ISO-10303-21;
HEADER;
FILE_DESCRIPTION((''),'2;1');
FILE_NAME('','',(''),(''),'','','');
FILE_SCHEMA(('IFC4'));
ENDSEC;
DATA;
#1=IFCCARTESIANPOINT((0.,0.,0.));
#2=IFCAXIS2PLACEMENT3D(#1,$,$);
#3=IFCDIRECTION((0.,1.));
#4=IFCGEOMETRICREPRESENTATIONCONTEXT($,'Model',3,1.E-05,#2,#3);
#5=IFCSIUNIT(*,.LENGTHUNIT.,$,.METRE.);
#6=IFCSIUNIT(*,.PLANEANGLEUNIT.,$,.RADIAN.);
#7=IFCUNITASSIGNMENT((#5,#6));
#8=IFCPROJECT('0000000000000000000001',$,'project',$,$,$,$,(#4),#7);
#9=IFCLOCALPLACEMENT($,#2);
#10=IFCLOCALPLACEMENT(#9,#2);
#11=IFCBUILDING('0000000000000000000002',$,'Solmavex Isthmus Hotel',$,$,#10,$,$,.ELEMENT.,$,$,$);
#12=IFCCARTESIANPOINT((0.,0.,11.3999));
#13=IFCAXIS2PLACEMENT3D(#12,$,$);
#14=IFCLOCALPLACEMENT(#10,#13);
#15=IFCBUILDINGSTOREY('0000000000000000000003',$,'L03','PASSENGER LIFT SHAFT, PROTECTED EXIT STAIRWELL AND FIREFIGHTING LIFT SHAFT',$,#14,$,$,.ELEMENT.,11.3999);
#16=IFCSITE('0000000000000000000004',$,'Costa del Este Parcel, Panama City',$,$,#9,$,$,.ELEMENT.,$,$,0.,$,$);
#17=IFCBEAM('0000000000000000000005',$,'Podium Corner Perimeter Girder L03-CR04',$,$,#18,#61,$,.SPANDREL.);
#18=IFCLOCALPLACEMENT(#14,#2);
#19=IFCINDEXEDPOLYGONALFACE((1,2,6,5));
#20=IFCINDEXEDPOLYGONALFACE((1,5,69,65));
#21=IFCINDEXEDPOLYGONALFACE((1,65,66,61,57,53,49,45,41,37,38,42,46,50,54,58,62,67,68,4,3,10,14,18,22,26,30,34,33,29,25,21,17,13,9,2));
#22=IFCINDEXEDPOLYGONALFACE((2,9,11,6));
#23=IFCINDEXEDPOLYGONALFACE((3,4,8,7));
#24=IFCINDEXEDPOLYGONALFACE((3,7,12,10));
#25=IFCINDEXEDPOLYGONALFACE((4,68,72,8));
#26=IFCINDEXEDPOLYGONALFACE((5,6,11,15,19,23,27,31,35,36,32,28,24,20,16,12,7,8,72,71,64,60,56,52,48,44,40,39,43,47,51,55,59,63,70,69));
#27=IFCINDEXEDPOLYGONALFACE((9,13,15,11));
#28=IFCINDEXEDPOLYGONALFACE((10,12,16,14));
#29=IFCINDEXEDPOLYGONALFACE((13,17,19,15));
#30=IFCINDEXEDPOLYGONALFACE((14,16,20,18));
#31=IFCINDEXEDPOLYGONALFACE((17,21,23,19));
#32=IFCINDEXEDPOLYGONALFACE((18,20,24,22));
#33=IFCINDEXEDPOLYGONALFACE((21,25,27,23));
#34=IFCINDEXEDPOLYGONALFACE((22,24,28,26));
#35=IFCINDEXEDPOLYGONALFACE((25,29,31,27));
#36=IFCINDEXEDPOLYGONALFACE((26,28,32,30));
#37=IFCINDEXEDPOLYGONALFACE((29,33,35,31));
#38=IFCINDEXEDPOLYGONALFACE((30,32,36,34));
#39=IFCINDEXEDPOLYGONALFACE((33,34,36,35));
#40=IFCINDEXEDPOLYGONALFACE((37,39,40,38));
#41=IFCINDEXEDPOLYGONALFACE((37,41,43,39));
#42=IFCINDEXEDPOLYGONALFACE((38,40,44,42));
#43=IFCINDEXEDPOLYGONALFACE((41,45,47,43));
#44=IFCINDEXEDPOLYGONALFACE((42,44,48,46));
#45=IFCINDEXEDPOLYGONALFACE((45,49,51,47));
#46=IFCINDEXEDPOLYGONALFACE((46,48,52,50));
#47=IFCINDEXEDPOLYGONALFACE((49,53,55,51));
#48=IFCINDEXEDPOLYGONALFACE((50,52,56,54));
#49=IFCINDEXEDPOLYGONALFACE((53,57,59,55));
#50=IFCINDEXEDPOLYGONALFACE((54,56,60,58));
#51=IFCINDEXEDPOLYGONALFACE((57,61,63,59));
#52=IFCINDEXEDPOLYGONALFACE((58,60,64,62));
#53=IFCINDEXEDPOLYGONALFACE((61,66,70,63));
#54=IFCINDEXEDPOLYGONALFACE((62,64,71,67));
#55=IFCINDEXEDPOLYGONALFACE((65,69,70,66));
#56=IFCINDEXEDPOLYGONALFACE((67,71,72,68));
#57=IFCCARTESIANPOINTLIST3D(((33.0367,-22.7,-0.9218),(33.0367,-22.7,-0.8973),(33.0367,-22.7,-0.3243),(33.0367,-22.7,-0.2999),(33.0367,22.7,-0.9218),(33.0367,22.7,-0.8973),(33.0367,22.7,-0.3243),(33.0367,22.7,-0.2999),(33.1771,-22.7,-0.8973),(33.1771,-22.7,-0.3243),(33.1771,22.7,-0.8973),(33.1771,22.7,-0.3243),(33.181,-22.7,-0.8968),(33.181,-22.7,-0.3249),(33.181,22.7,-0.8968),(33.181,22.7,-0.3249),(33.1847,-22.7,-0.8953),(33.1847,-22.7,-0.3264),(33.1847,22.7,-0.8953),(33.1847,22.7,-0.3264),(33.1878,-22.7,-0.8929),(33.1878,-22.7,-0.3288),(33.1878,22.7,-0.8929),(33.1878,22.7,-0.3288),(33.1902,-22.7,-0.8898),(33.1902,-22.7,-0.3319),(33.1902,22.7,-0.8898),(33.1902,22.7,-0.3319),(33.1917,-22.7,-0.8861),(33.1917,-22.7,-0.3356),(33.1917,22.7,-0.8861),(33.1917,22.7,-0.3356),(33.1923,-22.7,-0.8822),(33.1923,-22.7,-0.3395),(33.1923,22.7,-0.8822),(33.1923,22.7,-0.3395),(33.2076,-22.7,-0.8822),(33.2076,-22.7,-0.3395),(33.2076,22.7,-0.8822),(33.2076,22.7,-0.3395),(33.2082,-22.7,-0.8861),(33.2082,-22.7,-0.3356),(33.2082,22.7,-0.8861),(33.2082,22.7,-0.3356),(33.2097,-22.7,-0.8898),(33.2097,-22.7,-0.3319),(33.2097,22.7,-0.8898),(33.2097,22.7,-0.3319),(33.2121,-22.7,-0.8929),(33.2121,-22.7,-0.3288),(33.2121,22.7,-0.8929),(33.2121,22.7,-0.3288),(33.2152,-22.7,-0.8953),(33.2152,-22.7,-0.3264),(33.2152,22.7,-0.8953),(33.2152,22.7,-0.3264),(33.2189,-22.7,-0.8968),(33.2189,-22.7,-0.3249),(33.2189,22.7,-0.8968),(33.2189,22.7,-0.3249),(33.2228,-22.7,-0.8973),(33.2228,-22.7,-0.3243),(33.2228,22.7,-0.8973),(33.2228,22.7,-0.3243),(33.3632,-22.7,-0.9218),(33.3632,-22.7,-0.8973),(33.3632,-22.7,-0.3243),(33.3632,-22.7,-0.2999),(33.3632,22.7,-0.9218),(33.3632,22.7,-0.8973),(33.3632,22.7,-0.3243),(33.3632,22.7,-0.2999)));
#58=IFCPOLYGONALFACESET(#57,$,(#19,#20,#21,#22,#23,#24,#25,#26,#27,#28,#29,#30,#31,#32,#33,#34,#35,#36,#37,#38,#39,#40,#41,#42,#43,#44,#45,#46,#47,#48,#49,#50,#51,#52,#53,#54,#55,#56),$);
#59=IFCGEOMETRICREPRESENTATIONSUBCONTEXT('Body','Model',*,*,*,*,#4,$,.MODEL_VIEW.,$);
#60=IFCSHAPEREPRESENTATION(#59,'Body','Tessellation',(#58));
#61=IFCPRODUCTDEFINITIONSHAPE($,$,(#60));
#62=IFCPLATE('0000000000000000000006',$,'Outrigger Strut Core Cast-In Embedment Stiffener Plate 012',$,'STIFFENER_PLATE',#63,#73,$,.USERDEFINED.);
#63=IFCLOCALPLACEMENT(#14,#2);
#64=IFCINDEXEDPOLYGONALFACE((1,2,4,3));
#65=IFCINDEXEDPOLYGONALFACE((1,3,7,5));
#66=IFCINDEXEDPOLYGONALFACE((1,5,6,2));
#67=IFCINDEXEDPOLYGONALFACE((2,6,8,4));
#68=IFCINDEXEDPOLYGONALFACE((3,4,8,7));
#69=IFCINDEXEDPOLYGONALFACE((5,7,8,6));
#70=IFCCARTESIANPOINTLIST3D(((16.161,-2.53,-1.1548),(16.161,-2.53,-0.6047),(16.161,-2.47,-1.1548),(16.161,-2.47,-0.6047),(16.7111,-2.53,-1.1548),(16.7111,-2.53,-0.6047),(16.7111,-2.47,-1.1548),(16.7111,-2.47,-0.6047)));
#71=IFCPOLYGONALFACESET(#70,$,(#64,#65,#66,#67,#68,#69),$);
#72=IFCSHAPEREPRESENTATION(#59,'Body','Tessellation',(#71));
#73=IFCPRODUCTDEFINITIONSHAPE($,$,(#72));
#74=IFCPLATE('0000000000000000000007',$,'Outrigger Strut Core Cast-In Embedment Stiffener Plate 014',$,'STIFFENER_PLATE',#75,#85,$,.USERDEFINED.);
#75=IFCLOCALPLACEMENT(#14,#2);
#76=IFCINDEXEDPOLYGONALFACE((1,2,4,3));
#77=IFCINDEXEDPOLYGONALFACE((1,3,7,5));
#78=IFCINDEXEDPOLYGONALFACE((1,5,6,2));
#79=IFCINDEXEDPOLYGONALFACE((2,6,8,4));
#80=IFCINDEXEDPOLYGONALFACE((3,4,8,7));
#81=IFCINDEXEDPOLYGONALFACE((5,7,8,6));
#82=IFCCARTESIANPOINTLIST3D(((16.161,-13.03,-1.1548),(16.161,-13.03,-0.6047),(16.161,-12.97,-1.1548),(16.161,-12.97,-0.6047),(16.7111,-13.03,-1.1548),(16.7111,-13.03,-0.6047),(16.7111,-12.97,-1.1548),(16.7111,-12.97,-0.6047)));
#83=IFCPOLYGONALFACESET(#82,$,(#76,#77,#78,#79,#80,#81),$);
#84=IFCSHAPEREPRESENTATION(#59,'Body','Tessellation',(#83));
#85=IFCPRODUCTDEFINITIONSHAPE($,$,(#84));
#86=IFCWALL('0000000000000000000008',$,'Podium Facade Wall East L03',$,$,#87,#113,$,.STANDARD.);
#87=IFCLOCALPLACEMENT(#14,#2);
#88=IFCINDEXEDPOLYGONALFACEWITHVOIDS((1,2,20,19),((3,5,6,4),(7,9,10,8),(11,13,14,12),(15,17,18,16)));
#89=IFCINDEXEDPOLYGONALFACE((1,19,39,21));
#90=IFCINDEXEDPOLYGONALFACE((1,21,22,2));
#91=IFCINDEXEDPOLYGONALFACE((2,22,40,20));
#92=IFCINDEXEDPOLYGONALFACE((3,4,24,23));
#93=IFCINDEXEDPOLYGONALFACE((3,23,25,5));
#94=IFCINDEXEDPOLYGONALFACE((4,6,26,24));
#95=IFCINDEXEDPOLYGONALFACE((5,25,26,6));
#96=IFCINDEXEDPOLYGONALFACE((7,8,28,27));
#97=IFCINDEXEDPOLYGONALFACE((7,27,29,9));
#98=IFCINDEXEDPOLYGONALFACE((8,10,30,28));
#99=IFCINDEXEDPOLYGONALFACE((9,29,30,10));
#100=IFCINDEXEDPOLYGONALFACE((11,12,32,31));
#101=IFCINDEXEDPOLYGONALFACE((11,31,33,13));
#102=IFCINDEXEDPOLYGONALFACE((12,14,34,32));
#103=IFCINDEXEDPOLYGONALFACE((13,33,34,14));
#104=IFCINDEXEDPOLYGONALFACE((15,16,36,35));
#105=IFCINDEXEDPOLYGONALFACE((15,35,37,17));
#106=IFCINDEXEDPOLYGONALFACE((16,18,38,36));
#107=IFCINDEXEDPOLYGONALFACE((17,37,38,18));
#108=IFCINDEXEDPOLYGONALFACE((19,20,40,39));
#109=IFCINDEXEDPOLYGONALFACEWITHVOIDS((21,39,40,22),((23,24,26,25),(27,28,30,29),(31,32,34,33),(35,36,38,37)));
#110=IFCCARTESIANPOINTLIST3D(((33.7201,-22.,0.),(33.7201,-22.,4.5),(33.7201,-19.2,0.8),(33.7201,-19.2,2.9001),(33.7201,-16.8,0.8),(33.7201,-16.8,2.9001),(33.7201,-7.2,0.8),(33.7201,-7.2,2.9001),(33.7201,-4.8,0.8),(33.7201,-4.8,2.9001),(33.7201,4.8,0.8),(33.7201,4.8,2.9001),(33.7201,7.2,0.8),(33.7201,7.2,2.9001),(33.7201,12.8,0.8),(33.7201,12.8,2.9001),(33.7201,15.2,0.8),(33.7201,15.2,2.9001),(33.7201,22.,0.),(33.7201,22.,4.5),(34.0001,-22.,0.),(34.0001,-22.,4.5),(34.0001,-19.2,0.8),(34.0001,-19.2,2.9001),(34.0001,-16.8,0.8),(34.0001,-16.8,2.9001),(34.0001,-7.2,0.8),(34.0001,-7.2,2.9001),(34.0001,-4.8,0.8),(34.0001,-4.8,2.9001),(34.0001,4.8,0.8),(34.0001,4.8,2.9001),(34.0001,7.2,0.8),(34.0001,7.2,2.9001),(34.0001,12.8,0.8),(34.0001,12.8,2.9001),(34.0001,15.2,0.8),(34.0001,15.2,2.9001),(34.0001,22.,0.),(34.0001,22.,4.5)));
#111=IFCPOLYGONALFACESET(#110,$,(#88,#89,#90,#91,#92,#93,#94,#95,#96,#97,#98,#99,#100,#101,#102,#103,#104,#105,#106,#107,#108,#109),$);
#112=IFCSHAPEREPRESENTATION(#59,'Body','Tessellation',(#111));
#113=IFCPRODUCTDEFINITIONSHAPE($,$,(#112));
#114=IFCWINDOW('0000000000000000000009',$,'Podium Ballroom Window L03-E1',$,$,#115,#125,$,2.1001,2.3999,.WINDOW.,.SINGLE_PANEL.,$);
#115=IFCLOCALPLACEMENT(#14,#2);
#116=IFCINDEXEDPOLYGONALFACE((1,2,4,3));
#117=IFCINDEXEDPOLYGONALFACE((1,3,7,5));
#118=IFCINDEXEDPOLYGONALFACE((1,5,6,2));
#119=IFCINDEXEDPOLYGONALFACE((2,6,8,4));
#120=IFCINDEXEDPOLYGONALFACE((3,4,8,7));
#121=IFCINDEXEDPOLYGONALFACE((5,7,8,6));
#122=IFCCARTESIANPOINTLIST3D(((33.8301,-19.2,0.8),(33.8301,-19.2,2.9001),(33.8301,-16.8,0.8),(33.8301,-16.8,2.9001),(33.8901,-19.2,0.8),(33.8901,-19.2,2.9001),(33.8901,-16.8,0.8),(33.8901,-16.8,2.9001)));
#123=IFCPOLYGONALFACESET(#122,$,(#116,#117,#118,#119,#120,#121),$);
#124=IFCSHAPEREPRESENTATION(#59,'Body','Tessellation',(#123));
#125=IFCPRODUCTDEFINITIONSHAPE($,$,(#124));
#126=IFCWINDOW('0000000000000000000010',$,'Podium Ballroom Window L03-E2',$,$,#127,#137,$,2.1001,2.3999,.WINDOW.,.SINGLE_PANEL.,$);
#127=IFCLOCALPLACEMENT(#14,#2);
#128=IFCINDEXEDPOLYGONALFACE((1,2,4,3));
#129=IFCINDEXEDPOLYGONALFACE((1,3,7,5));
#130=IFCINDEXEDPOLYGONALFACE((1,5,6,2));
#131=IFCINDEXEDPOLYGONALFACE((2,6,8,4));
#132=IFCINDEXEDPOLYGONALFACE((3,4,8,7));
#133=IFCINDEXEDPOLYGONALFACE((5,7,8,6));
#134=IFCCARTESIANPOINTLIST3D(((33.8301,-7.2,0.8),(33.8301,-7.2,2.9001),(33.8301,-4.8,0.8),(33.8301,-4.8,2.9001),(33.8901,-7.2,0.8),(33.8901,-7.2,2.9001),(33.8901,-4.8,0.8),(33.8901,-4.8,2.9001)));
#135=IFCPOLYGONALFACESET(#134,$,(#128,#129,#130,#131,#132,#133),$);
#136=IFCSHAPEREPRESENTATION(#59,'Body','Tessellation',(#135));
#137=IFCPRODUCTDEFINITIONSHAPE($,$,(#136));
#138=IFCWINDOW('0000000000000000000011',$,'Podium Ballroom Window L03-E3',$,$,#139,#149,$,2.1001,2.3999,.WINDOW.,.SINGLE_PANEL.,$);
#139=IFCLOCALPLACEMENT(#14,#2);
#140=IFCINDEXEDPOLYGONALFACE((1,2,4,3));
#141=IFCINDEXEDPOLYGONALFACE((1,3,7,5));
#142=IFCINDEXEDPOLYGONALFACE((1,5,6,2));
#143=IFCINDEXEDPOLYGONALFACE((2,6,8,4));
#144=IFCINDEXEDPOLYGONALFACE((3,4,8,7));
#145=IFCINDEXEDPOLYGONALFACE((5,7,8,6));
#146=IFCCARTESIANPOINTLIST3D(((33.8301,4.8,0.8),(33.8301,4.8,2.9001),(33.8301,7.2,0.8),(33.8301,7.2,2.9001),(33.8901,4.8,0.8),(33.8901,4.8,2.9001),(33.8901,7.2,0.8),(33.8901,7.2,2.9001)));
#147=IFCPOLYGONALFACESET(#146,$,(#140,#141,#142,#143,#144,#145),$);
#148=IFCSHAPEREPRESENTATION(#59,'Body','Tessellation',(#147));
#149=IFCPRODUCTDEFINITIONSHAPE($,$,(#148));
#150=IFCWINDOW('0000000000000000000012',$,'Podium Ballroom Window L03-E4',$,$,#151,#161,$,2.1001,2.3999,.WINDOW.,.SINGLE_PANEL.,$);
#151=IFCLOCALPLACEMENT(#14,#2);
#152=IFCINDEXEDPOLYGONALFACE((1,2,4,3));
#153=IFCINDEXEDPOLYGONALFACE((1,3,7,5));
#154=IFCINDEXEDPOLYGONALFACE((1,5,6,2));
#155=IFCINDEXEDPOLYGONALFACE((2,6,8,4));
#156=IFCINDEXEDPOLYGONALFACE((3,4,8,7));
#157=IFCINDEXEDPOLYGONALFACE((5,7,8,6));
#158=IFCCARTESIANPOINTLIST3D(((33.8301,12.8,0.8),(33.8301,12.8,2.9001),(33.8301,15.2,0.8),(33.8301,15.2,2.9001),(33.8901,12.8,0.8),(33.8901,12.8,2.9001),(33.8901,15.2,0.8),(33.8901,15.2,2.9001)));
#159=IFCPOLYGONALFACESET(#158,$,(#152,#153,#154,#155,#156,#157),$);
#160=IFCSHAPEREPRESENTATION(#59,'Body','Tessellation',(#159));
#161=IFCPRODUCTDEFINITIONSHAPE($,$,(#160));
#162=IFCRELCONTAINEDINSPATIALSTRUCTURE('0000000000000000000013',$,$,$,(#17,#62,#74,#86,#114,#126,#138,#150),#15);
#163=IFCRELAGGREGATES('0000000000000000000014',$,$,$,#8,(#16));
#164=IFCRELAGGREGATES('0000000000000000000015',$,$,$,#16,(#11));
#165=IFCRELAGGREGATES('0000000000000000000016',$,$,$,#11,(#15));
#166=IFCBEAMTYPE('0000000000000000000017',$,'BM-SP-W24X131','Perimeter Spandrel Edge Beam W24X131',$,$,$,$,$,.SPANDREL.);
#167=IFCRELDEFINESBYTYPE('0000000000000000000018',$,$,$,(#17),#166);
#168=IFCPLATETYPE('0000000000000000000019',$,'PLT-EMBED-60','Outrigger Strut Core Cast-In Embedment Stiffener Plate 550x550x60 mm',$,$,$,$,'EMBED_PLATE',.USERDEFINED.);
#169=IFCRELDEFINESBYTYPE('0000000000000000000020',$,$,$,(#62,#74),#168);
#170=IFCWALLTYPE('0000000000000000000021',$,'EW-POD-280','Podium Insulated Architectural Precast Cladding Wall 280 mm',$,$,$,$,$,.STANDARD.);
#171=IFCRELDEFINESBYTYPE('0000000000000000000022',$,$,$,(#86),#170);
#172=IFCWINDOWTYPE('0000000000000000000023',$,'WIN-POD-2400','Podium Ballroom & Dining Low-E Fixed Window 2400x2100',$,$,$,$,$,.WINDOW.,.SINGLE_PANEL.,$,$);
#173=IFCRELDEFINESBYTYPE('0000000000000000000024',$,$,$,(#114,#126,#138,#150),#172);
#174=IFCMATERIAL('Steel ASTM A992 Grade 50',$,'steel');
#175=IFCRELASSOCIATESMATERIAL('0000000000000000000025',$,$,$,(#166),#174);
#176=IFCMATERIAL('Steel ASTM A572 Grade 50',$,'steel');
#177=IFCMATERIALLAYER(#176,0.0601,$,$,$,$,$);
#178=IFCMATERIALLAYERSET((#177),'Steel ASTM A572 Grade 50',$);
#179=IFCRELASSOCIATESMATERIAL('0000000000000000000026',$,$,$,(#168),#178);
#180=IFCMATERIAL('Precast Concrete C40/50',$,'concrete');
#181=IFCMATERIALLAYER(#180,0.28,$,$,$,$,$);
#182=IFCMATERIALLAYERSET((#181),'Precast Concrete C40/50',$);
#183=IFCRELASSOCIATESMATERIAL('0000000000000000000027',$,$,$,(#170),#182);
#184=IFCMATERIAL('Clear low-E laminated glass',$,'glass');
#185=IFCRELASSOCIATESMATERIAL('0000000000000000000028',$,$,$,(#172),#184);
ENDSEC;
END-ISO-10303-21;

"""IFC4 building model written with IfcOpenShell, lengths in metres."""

from ifc_helpers import new_model, si_unit, direction, frame, frame_2d, origin, origin_2d, place, context, subcontext, project, spatial, rectangle, i_section, extrude, material, layer, layer_set, material_profile, profile_set, type_object, element, fill, save


model = new_model("IFC4")

# Units and contexts
model_context = context("Model", 3, precision=1e-05, world=origin(), true_north=direction((0.0, 1.0)))
body_context = subcontext(model_context, "Body", "Model", "MODEL_VIEW")
ifc_project = project(units=[si_unit("LENGTHUNIT", "METRE"), si_unit("PLANEANGLEUNIT", "RADIAN")], contexts=[model_context])

# Site, building, storey
site_placement = place(None, origin())
site = spatial("IfcSite", under=ifc_project, at=site_placement, Name="Costa del Este Parcel, Panama City", CompositionType="ELEMENT", RefElevation=0.0)
building_placement = place(site_placement, origin())
building = spatial("IfcBuilding", under=site, at=building_placement, Name="Solmavex Isthmus Hotel", CompositionType="ELEMENT")
storey_placement = place(building_placement, frame((0.0, 0.0, 11.3999)))
storey = spatial("IfcBuildingStorey", under=building, at=storey_placement, Name="L03", Description="PASSENGER LIFT SHAFT, PROTECTED EXIT STAIRWELL AND FIREFIGHTING LIFT SHAFT", CompositionType="ELEMENT", Elevation=11.3999)

# Beam
ifc_material_1 = material(Name="Steel ASTM A992 Grade 50", Category="steel")
ifc_material_profile_1 = material_profile(ifc_material_1, i_section(OverallWidth=0.3264, OverallDepth=0.6218, WebThickness=0.0154, FlangeThickness=0.0244, FilletRadius=0.0151, at=origin_2d()), Name="W24X131")
ifc_profile_set_1 = profile_set([ifc_material_profile_1], Name="Steel ASTM A992 Grade 50")
beam_type_1 = type_object("IfcBeamType", Name="BM-SP-W24X131", Description="Perimeter Spandrel Edge Beam W24X131", PredefinedType="SPANDREL", material=ifc_profile_set_1)
beam_1_placement = place(storey_placement, frame((33.2, -22.7, -0.6108), z_axis=(0.0, 1.0, 0.0), x_axis=(-1.0, 0.0, 0.0)))
element("IfcBeam", 1, at=beam_1_placement, inside=storey, type_object=beam_type_1, Name="Podium Corner Perimeter Girder L03-CR04", PredefinedType="SPANDREL", context=body_context, shape_type="SweptSolid", body=[
    extrude(i_section(OverallWidth=0.3264, OverallDepth=0.6218, WebThickness=0.0154, FlangeThickness=0.0244, FilletRadius=0.0151, at=origin_2d()), origin(), (0.0, 0.0, 1.0), 45.3999),
])

# Plates
ifc_material_2 = material(Name="Steel ASTM A572 Grade 50", Category="steel")
ifc_layer_1 = layer(ifc_material_2, 0.0601)
ifc_layer_set_1 = layer_set([ifc_layer_1], Name="Steel ASTM A572 Grade 50")
plate_type = type_object("IfcPlateType", Name="PLT-EMBED-60", Description="Outrigger Strut Core Cast-In Embedment Stiffener Plate 550x550x60 mm", ElementType="EMBED_PLATE", PredefinedType="USERDEFINED", material=ifc_layer_set_1)
for number, where, z_axis, x_axis, name in (
    (2, (16.436, -2.5, -1.1548), (0.0, 0.0, 1.0), (1.0, 0.0, 0.0), "Outrigger Strut Core Cast-In Embedment Stiffener Plate 012"),
    (3, (16.436, -13.0, -1.1548), (0.0, 0.0, 1.0), (1.0, 0.0, 0.0), "Outrigger Strut Core Cast-In Embedment Stiffener Plate 014"),
):
    element("IfcPlate", number, at=place(storey_placement, frame(where, z_axis=z_axis, x_axis=x_axis)), inside=storey, type_object=plate_type, Name=name, ObjectType="STIFFENER_PLATE", PredefinedType="USERDEFINED", context=body_context, shape_type="SweptSolid", body=[
        extrude(rectangle(XDim=0.55, YDim=0.0601, at=origin_2d()), origin(), (0.0, 0.0, 1.0), 0.55),
    ])

# Wall, openings, windows
ifc_material_3 = material(Name="Precast Concrete C40/50", Category="concrete")
ifc_layer_2 = layer(ifc_material_3, 0.28)
ifc_layer_set_2 = layer_set([ifc_layer_2], Name="Precast Concrete C40/50")
wall_type_1 = type_object("IfcWallType", Name="EW-POD-280", Description="Podium Insulated Architectural Precast Cladding Wall 280 mm", PredefinedType="STANDARD", material=ifc_layer_set_2)
wall_1_placement = place(storey_placement, frame((33.8601, -22.0, 0.0), z_axis=(0.0, 0.0, 1.0), x_axis=(0.0, 1.0, 0.0)))
wall_1 = element("IfcWall", 4, at=wall_1_placement, inside=storey, type_object=wall_type_1, Name="Podium Facade Wall East L03", PredefinedType="STANDARD", context=body_context, shape_type="SweptSolid", body=[
    extrude(rectangle(XDim=44.0, YDim=0.28, at=frame_2d((22.0, 0.0))), origin(), (0.0, 0.0, 1.0), 4.5),
])
opening_1_placement = place(wall_1_placement, frame((2.8, 0.0, 0.8)))
opening_1 = element("IfcOpeningElement", 5, at=opening_1_placement, cuts=wall_1, PredefinedType="OPENING", context=body_context, shape_type="SweptSolid", body=[
    extrude(rectangle(XDim=2.3999, YDim=2.1001, at=frame_2d((1.2, 1.05))), frame((0.0, 0.1499, 0.0), z_axis=(0.0, -1.0, 0.0), x_axis=(1.0, 0.0, 0.0)), (0.0, 0.0, 1.0), 0.3),
])
opening_2_placement = place(wall_1_placement, frame((14.8, 0.0, 0.8)))
opening_2 = element("IfcOpeningElement", 6, at=opening_2_placement, cuts=wall_1, PredefinedType="OPENING", context=body_context, shape_type="SweptSolid", body=[
    extrude(rectangle(XDim=2.3999, YDim=2.1001, at=frame_2d((1.2, 1.05))), frame((0.0, 0.1499, 0.0), z_axis=(0.0, -1.0, 0.0), x_axis=(1.0, 0.0, 0.0)), (0.0, 0.0, 1.0), 0.3),
])
opening_3_placement = place(wall_1_placement, frame((26.8, 0.0, 0.8)))
opening_3 = element("IfcOpeningElement", 7, at=opening_3_placement, cuts=wall_1, PredefinedType="OPENING", context=body_context, shape_type="SweptSolid", body=[
    extrude(rectangle(XDim=2.3999, YDim=2.1001, at=frame_2d((1.2, 1.05))), frame((0.0, 0.1499, 0.0), z_axis=(0.0, -1.0, 0.0), x_axis=(1.0, 0.0, 0.0)), (0.0, 0.0, 1.0), 0.3),
])
opening_4_placement = place(wall_1_placement, frame((34.8, 0.0, 0.8)))
opening_4 = element("IfcOpeningElement", 8, at=opening_4_placement, cuts=wall_1, PredefinedType="OPENING", context=body_context, shape_type="SweptSolid", body=[
    extrude(rectangle(XDim=2.3999, YDim=2.1001, at=frame_2d((1.2, 1.05))), frame((0.0, 0.1499, 0.0), z_axis=(0.0, -1.0, 0.0), x_axis=(1.0, 0.0, 0.0)), (0.0, 0.0, 1.0), 0.3),
])
ifc_material_4 = material(Name="Clear low-E laminated glass", Category="glass")
window_type = type_object("IfcWindowType", Name="WIN-POD-2400", Description="Podium Ballroom & Dining Low-E Fixed Window 2400x2100", PartitioningType="SINGLE_PANEL", PredefinedType="WINDOW", material=ifc_material_4)
window_1_placement = place(opening_1_placement, origin())
window_1 = element("IfcWindow", 9, at=window_1_placement, inside=storey, type_object=window_type, Name="Podium Ballroom Window L03-E1", OverallHeight=2.1001, OverallWidth=2.3999, PartitioningType="SINGLE_PANEL", PredefinedType="WINDOW", context=body_context, shape_type="SweptSolid", body=[
    extrude(rectangle(XDim=2.3999, YDim=2.1001, at=frame_2d((1.2, 1.05))), frame((0.0, 0.03, 0.0), z_axis=(0.0, -1.0, 0.0), x_axis=(1.0, 0.0, 0.0)), (0.0, 0.0, 1.0), 0.0601),
])
fill(opening_1, window_1)
window_2_placement = place(opening_2_placement, origin())
window_2 = element("IfcWindow", 10, at=window_2_placement, inside=storey, type_object=window_type, Name="Podium Ballroom Window L03-E2", OverallHeight=2.1001, OverallWidth=2.3999, PartitioningType="SINGLE_PANEL", PredefinedType="WINDOW", context=body_context, shape_type="SweptSolid", body=[
    extrude(rectangle(XDim=2.3999, YDim=2.1001, at=frame_2d((1.2, 1.05))), frame((0.0, 0.03, 0.0), z_axis=(0.0, -1.0, 0.0), x_axis=(1.0, 0.0, 0.0)), (0.0, 0.0, 1.0), 0.0601),
])
fill(opening_2, window_2)
window_3_placement = place(opening_3_placement, origin())
window_3 = element("IfcWindow", 11, at=window_3_placement, inside=storey, type_object=window_type, Name="Podium Ballroom Window L03-E3", OverallHeight=2.1001, OverallWidth=2.3999, PartitioningType="SINGLE_PANEL", PredefinedType="WINDOW", context=body_context, shape_type="SweptSolid", body=[
    extrude(rectangle(XDim=2.3999, YDim=2.1001, at=frame_2d((1.2, 1.05))), frame((0.0, 0.03, 0.0), z_axis=(0.0, -1.0, 0.0), x_axis=(1.0, 0.0, 0.0)), (0.0, 0.0, 1.0), 0.0601),
])
fill(opening_3, window_3)
window_4_placement = place(opening_4_placement, origin())
window_4 = element("IfcWindow", 12, at=window_4_placement, inside=storey, type_object=window_type, Name="Podium Ballroom Window L03-E4", OverallHeight=2.1001, OverallWidth=2.3999, PartitioningType="SINGLE_PANEL", PredefinedType="WINDOW", context=body_context, shape_type="SweptSolid", body=[
    extrude(rectangle(XDim=2.3999, YDim=2.1001, at=frame_2d((1.2, 1.05))), frame((0.0, 0.03, 0.0), z_axis=(0.0, -1.0, 0.0), x_axis=(1.0, 0.0, 0.0)), (0.0, 0.0, 1.0), 0.0601),
])
fill(opening_4, window_4)

save(model, "model.ifc")
